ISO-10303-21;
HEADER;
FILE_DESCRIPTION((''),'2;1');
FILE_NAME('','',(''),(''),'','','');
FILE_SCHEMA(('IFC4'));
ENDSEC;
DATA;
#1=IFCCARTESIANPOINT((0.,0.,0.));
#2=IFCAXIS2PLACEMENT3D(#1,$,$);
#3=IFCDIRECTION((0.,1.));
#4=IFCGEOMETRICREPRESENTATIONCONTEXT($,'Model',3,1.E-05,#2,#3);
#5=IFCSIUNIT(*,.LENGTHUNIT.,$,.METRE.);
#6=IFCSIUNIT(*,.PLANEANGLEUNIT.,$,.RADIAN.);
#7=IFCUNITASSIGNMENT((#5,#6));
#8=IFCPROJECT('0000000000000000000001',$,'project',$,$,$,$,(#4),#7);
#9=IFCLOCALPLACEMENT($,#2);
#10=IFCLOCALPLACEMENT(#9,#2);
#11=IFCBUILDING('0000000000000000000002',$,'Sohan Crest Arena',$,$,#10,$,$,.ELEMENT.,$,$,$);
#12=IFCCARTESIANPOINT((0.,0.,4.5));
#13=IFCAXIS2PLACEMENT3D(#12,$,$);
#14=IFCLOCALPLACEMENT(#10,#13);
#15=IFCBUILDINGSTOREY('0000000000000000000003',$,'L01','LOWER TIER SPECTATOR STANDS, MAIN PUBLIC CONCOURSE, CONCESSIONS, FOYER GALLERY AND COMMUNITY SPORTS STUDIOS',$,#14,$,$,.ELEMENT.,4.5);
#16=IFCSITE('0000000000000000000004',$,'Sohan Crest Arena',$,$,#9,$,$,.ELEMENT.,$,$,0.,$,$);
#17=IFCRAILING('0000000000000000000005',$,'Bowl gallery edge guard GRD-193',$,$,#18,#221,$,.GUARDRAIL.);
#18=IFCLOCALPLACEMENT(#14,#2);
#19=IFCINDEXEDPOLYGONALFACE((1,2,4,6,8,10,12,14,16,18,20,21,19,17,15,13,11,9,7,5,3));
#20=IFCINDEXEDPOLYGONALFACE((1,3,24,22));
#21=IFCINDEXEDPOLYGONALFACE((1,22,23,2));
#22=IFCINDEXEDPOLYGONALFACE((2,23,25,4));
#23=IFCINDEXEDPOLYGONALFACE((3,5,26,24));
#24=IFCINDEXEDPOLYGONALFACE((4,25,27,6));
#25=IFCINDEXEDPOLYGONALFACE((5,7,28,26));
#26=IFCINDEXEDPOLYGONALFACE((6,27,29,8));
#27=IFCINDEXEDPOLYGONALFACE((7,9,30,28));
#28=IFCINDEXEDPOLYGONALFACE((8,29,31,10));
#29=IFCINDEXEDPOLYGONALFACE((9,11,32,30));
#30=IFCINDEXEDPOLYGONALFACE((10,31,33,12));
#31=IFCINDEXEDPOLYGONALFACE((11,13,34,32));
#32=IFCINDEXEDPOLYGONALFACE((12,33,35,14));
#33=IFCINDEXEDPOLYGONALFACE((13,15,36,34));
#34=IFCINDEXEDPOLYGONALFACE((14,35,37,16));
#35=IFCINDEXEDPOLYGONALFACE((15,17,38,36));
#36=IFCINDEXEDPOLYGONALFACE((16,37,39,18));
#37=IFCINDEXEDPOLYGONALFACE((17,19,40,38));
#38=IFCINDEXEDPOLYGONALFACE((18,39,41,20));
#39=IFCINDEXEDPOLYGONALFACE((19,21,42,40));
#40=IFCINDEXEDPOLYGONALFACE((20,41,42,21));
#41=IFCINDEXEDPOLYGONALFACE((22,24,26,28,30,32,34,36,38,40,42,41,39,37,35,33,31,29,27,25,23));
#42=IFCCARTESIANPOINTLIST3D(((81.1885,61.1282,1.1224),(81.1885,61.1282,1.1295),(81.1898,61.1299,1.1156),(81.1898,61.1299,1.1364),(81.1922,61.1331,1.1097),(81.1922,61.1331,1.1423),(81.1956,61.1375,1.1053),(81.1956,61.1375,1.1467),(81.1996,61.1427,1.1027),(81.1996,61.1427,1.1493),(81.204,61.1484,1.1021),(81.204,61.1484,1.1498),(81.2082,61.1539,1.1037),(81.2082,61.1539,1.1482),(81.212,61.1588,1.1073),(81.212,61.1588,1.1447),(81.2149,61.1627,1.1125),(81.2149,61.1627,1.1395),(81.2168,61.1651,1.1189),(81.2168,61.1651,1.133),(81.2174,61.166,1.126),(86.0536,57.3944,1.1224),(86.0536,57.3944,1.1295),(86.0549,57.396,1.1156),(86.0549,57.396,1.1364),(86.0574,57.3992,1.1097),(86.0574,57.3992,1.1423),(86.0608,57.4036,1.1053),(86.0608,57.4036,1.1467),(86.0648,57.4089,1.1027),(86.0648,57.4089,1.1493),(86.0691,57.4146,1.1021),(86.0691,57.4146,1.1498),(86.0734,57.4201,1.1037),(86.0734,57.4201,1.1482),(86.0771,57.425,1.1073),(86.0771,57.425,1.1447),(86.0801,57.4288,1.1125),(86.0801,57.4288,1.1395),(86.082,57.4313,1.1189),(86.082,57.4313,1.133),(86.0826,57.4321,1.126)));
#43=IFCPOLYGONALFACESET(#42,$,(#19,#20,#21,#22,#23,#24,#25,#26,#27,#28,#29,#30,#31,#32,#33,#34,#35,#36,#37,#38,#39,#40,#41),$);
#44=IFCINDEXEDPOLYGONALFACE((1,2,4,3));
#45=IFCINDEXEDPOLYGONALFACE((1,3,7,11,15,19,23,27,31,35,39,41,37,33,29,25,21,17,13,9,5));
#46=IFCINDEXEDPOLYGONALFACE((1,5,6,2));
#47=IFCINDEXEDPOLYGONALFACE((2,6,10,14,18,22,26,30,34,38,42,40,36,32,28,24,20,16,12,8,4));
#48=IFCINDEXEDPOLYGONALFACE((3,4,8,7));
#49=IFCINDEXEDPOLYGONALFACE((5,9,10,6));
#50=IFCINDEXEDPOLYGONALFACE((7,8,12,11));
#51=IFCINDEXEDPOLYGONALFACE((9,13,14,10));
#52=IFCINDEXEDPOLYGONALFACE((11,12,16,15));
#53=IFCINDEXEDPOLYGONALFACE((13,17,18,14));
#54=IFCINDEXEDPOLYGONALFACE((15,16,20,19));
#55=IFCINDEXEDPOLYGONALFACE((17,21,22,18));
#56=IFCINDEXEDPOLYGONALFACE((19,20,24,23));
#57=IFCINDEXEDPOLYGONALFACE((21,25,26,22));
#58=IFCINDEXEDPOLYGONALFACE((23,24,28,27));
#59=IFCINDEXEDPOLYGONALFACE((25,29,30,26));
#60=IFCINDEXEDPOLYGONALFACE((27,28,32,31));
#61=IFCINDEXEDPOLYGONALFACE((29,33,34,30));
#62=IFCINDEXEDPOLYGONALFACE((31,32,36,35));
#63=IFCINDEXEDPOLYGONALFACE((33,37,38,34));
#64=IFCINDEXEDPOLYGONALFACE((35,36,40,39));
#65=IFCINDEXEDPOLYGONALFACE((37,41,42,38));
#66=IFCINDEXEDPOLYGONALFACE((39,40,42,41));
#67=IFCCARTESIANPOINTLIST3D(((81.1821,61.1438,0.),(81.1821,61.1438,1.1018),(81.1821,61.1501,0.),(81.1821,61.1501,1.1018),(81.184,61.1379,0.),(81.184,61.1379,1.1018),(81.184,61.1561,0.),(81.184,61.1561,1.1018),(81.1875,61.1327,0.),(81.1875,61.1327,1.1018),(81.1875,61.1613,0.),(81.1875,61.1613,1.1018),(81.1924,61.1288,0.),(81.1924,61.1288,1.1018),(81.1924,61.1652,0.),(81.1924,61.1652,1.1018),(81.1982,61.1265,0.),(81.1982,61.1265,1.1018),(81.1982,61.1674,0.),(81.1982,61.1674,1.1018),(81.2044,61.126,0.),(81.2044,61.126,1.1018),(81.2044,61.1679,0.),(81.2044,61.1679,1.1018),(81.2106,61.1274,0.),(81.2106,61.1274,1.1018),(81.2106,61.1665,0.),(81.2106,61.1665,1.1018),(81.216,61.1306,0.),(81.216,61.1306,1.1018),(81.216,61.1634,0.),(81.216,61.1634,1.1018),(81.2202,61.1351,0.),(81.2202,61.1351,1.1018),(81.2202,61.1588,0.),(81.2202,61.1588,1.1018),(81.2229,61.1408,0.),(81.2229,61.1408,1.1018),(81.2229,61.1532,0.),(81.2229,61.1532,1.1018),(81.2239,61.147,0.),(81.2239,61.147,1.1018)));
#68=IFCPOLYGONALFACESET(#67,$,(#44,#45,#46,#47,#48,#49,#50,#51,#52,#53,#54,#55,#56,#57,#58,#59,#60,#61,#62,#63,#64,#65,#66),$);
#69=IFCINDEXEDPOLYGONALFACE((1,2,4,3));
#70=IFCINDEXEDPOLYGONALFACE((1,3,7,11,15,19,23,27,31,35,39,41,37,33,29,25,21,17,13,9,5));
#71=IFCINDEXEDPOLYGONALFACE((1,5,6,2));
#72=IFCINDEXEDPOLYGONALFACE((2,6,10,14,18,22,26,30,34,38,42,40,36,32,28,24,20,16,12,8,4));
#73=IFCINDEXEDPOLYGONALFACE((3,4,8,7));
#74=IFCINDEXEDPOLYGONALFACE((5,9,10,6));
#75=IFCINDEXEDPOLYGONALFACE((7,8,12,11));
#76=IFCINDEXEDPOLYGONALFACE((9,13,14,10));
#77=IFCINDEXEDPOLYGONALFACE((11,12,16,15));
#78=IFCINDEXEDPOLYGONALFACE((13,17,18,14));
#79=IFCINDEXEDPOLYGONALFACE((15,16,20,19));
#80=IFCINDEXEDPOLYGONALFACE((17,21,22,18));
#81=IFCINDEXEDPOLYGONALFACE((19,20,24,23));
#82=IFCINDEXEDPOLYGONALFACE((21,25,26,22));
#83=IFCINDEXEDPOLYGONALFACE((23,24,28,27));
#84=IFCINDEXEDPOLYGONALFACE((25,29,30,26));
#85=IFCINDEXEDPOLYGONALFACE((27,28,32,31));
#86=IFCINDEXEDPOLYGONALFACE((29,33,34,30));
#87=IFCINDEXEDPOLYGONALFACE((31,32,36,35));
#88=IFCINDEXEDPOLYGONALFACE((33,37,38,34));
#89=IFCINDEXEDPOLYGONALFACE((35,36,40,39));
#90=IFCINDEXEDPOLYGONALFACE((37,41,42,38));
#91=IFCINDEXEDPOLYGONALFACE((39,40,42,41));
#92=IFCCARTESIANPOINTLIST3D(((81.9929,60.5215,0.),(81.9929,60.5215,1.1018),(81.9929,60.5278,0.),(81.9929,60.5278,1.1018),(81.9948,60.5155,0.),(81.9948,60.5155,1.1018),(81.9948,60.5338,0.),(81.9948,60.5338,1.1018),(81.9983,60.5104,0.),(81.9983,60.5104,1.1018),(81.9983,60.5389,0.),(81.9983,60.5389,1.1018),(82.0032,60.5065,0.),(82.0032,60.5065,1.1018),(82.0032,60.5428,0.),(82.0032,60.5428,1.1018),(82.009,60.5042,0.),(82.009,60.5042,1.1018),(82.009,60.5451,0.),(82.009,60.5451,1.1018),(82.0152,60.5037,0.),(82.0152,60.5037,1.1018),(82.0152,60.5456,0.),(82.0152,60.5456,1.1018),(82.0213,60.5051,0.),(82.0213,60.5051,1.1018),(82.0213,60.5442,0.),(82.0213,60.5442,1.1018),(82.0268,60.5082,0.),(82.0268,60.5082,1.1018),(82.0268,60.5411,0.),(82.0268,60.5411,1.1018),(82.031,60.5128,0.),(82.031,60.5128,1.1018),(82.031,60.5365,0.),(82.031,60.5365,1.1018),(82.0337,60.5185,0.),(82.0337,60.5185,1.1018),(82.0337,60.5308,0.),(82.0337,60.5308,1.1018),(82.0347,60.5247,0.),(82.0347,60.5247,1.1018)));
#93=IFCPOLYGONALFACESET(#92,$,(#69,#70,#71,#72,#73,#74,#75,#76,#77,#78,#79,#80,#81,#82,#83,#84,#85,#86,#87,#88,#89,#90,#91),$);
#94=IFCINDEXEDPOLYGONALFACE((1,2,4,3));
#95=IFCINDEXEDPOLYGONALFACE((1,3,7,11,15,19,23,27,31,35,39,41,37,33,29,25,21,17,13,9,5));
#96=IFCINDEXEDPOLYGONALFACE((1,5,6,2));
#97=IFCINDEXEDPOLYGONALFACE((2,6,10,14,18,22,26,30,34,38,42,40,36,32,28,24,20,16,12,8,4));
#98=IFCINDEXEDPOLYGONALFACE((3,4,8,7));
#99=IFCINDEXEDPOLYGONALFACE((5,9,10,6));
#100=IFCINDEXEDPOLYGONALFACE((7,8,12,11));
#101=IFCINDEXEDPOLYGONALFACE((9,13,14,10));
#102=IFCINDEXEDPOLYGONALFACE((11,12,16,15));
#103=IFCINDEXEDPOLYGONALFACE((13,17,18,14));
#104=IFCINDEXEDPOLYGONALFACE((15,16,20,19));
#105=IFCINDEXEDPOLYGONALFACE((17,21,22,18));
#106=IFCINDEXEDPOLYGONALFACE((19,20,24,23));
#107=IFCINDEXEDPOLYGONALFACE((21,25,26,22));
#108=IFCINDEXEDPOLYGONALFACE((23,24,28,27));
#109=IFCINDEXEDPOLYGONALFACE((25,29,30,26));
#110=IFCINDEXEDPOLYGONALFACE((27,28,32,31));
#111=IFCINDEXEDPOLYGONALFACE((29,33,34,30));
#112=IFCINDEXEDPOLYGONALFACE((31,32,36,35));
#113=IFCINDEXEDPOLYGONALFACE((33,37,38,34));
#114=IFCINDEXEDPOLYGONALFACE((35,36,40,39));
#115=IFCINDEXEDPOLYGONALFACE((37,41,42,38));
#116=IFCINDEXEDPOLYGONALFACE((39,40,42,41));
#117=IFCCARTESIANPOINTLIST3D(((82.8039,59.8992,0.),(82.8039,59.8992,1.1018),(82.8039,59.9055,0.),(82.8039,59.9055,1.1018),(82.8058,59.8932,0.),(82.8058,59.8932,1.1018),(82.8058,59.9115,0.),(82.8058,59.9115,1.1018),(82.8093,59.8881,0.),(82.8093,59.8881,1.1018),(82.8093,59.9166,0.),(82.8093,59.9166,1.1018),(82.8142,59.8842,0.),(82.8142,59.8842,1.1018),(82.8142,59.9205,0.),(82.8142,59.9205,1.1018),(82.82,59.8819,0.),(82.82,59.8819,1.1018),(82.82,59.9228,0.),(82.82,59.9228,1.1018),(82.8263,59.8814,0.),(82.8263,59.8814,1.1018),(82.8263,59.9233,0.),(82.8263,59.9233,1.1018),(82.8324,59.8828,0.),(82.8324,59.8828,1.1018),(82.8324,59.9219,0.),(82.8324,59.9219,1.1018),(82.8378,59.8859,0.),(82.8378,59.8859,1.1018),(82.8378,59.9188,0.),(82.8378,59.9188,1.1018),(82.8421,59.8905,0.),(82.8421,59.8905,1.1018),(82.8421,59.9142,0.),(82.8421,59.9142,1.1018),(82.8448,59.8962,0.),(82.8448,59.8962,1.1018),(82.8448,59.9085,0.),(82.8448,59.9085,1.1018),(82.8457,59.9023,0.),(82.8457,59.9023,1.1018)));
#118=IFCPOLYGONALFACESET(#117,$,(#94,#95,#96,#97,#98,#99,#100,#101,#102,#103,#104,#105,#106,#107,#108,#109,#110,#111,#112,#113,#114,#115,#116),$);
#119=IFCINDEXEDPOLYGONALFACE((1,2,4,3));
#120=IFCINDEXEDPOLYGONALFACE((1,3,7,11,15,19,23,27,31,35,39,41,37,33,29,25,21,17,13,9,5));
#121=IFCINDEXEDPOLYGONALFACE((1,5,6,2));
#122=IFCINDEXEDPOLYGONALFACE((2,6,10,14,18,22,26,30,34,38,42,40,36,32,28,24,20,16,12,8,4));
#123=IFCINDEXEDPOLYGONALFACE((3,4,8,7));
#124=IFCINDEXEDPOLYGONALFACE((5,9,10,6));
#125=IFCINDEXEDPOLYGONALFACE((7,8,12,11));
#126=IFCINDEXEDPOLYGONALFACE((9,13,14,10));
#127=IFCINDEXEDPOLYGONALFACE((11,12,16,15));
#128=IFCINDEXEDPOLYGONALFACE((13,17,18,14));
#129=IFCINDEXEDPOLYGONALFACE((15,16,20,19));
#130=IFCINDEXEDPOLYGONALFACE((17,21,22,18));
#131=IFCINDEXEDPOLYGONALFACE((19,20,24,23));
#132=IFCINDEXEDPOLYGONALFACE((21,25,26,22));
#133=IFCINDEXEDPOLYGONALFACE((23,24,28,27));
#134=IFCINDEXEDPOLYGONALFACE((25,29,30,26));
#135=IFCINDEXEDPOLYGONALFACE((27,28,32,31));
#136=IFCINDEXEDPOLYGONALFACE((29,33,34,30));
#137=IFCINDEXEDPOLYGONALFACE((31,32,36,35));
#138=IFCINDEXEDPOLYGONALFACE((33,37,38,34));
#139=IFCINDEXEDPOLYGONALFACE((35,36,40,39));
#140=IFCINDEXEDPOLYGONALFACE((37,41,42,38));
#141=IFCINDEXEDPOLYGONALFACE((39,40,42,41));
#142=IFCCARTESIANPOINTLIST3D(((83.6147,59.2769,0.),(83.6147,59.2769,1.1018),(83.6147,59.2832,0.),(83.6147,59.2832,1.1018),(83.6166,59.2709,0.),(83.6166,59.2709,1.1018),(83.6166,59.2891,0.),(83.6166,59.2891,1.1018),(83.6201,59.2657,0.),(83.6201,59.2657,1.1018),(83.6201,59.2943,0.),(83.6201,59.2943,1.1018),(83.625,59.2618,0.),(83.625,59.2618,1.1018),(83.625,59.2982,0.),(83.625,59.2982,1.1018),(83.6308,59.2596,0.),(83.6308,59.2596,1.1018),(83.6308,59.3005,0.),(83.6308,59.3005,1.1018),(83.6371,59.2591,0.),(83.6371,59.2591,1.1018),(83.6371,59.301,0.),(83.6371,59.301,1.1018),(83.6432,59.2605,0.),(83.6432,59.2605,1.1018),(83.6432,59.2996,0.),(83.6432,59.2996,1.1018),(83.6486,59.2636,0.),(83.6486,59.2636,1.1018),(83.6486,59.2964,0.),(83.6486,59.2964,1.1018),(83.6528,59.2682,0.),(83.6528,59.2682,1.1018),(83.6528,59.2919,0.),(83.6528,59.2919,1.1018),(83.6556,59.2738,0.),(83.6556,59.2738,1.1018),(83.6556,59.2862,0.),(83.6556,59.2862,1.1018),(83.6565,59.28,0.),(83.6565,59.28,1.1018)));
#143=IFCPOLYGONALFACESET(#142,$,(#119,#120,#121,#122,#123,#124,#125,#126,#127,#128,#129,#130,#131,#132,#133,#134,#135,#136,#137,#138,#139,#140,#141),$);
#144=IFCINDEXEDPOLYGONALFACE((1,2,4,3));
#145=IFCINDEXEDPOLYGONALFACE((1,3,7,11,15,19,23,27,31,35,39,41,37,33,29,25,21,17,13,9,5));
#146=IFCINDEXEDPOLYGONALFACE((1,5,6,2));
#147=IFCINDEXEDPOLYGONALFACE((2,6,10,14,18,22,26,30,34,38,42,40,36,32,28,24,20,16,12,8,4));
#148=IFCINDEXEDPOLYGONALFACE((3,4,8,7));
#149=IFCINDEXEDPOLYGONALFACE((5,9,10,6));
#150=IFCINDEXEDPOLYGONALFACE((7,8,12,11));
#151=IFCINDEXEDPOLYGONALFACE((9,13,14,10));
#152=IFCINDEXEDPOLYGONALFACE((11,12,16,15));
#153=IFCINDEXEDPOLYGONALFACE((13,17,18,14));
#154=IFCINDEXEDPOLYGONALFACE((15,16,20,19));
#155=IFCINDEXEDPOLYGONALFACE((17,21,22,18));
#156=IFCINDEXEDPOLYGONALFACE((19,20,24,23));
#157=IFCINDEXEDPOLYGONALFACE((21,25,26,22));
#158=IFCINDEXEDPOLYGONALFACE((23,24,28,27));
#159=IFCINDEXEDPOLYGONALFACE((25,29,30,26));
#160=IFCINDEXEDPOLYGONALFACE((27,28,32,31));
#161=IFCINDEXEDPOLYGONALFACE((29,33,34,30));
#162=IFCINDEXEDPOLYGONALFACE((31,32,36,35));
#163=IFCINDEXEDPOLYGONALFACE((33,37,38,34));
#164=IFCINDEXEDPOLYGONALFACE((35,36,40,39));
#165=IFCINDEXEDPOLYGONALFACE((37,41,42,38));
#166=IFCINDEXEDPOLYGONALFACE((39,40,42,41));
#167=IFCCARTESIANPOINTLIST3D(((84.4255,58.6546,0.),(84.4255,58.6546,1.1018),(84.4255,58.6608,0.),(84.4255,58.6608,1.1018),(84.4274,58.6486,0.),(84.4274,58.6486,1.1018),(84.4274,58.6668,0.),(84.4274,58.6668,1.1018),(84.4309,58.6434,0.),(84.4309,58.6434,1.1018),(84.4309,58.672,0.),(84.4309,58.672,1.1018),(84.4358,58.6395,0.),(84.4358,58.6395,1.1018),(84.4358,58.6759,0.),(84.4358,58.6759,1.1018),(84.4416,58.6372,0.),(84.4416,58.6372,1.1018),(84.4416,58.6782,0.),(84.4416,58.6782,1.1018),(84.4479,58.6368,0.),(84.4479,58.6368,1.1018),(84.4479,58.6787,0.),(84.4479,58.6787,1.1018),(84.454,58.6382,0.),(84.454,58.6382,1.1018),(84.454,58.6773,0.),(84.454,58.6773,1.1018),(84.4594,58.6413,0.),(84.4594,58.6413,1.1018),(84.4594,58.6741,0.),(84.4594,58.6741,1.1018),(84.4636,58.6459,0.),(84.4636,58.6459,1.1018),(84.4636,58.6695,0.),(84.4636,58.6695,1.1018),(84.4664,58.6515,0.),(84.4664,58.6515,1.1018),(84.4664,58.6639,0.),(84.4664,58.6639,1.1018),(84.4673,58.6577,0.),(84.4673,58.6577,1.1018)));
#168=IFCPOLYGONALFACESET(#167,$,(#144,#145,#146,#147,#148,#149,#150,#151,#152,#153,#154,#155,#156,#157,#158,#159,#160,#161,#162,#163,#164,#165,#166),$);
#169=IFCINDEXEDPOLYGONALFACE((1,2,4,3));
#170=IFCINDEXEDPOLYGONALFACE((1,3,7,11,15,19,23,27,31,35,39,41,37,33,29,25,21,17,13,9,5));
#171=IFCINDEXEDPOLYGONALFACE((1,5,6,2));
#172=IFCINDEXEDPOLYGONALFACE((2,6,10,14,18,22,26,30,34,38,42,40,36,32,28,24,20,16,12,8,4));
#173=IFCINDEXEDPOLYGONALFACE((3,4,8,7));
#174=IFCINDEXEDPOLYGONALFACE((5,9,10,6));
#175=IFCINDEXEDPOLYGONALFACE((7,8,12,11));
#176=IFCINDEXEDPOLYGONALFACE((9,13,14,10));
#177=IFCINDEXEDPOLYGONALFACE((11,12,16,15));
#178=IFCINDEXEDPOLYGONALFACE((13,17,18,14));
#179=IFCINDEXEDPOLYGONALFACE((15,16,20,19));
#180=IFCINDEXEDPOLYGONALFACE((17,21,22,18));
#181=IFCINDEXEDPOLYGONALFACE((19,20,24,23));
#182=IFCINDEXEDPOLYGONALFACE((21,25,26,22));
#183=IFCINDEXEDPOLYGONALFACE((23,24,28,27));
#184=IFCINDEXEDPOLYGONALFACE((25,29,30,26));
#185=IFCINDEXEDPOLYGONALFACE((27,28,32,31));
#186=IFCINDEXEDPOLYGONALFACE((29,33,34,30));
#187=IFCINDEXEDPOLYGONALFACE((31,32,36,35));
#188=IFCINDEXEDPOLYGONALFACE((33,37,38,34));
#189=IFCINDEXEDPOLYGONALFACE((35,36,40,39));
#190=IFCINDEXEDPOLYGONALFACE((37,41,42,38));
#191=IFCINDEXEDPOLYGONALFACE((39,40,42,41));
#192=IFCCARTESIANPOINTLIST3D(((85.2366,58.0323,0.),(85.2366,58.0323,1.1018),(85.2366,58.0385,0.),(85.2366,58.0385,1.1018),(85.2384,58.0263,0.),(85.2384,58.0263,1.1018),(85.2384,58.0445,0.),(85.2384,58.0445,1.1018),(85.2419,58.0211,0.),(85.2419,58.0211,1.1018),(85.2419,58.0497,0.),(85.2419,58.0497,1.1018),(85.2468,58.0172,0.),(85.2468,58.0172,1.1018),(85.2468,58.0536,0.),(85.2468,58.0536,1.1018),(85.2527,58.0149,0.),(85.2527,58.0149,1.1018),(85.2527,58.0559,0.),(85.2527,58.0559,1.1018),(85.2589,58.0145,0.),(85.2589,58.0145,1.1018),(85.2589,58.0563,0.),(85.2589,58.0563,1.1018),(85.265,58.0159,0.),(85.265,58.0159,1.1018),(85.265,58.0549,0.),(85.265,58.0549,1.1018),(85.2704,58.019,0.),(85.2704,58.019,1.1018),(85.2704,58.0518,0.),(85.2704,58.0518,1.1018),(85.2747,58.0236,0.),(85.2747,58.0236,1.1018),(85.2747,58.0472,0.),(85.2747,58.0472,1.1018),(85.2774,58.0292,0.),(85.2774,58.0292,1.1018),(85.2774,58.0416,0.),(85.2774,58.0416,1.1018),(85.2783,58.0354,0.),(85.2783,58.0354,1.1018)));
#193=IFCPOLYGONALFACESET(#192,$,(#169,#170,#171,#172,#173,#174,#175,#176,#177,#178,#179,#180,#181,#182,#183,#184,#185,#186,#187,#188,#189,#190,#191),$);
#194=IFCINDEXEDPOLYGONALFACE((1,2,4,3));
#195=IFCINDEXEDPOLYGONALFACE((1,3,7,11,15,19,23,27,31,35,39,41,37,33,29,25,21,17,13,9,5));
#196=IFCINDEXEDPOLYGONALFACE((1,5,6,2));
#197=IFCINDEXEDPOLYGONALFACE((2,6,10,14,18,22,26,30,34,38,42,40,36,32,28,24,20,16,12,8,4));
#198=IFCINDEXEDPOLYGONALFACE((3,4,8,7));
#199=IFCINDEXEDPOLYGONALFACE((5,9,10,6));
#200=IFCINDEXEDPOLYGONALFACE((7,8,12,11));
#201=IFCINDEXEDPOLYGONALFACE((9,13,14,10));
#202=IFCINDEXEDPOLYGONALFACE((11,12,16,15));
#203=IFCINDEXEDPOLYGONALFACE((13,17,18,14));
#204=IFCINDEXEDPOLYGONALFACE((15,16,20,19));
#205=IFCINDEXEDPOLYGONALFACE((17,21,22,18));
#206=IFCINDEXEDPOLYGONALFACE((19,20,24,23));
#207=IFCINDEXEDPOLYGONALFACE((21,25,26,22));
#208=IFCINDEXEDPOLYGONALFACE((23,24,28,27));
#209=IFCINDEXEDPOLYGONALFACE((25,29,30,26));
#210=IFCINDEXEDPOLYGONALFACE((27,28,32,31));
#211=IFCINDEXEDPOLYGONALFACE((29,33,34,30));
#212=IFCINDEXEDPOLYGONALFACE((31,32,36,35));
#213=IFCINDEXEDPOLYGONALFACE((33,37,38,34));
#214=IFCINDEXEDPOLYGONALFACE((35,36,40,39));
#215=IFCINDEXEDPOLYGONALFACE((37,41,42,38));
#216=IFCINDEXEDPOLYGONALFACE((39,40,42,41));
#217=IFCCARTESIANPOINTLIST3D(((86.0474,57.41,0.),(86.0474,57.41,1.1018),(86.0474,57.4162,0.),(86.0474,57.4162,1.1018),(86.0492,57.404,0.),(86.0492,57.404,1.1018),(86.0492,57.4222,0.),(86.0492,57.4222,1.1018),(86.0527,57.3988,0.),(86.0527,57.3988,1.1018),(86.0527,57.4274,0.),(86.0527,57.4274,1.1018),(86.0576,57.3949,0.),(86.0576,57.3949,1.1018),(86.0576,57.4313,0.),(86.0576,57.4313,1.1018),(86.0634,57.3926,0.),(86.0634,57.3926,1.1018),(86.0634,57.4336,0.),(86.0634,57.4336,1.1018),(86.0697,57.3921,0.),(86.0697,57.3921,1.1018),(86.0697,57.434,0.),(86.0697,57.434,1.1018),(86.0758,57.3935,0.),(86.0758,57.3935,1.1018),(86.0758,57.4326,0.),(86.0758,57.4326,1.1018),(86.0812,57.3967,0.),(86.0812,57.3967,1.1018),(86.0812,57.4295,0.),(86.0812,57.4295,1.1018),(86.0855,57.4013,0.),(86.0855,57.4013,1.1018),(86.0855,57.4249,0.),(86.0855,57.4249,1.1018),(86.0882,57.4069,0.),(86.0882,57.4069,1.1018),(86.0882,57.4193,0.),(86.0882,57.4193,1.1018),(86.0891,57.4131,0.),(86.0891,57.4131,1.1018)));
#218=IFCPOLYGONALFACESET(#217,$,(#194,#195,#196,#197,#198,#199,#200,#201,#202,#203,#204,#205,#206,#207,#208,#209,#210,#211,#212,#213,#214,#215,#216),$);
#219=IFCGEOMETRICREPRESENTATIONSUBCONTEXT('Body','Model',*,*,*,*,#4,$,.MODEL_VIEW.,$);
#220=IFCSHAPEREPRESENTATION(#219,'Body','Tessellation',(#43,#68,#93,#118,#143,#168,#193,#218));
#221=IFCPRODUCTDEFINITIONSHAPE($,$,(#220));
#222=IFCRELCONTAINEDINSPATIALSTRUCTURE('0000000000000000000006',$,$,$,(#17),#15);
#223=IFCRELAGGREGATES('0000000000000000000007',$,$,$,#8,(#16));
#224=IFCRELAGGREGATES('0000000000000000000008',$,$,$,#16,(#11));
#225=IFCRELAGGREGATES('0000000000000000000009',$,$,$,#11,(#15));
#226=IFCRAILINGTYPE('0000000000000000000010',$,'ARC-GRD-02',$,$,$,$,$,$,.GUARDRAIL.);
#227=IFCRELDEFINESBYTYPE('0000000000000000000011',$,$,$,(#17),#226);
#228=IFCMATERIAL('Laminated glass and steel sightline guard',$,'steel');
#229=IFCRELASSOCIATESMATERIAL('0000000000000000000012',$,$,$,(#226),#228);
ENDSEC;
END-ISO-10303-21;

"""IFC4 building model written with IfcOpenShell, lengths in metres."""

from ifc_helpers import new_model, si_unit, direction, frame, origin, origin_2d, place, context, subcontext, project, spatial, circle, extrude, material, type_object, element, save


model = new_model("IFC4")

# Units and contexts
model_context = context("Model", 3, precision=1e-05, world=origin(), true_north=direction((0.0, 1.0)))
body_context = subcontext(model_context, "Body", "Model", "MODEL_VIEW")
ifc_project = project(units=[si_unit("LENGTHUNIT", "METRE"), si_unit("PLANEANGLEUNIT", "RADIAN")], contexts=[model_context])

# Site, building, storey
site_placement = place(None, origin())
site = spatial("IfcSite", under=ifc_project, at=site_placement, Name="Sohan Crest Arena", CompositionType="ELEMENT", RefElevation=0.0)
building_placement = place(site_placement, origin())
building = spatial("IfcBuilding", under=site, at=building_placement, Name="Sohan Crest Arena", CompositionType="ELEMENT")
storey_placement = place(building_placement, frame((0.0, 0.0, 4.5)))
storey = spatial("IfcBuildingStorey", under=building, at=storey_placement, Name="L01", Description="LOWER TIER SPECTATOR STANDS, MAIN PUBLIC CONCOURSE, CONCESSIONS, FOYER GALLERY AND COMMUNITY SPORTS STUDIOS", CompositionType="ELEMENT", Elevation=4.5)

# Railing
ifc_material_1 = material(Name="Laminated glass and steel sightline guard", Category="steel")
railing_type = type_object("IfcRailingType", Name="ARC-GRD-02", PredefinedType="GUARDRAIL", material=ifc_material_1)
railing_1_placement = place(storey_placement, frame((81.2029, 61.147, 0.0)))
element("IfcRailing", 1, at=railing_1_placement, inside=storey, type_object=railing_type, Name="Bowl gallery edge guard GRD-193", PredefinedType="GUARDRAIL", context=body_context, shape_type="SweptSolid", body=[
    extrude(circle(Radius=0.0239, at=origin_2d()), frame((0.0, 0.0, 1.126), z_axis=(0.793301, -0.608829, 0.0), x_axis=(0.608829, 0.793301, 0.0)), (0.0, 0.0, 1.0), 6.1328),
    extrude(circle(Radius=0.021, at=origin_2d()), origin(), (0.0, 0.0, 1.0), 1.1018),
    extrude(circle(Radius=0.021, at=origin_2d()), frame((0.8108, -0.6223, 0.0)), (0.0, 0.0, 1.0), 1.1018),
    extrude(circle(Radius=0.021, at=origin_2d()), frame((1.6218, -1.2446, 0.0)), (0.0, 0.0, 1.0), 1.1018),
    extrude(circle(Radius=0.021, at=origin_2d()), frame((2.4326, -1.8669, 0.0)), (0.0, 0.0, 1.0), 1.1018),
    extrude(circle(Radius=0.021, at=origin_2d()), frame((3.2434, -2.4893, 0.0)), (0.0, 0.0, 1.0), 1.1018),
    extrude(circle(Radius=0.021, at=origin_2d()), frame((4.0544, -3.1116, 0.0)), (0.0, 0.0, 1.0), 1.1018),
    extrude(circle(Radius=0.021, at=origin_2d()), frame((4.8652, -3.7339, 0.0)), (0.0, 0.0, 1.0), 1.1018),
])

save(model, "model.ifc")
